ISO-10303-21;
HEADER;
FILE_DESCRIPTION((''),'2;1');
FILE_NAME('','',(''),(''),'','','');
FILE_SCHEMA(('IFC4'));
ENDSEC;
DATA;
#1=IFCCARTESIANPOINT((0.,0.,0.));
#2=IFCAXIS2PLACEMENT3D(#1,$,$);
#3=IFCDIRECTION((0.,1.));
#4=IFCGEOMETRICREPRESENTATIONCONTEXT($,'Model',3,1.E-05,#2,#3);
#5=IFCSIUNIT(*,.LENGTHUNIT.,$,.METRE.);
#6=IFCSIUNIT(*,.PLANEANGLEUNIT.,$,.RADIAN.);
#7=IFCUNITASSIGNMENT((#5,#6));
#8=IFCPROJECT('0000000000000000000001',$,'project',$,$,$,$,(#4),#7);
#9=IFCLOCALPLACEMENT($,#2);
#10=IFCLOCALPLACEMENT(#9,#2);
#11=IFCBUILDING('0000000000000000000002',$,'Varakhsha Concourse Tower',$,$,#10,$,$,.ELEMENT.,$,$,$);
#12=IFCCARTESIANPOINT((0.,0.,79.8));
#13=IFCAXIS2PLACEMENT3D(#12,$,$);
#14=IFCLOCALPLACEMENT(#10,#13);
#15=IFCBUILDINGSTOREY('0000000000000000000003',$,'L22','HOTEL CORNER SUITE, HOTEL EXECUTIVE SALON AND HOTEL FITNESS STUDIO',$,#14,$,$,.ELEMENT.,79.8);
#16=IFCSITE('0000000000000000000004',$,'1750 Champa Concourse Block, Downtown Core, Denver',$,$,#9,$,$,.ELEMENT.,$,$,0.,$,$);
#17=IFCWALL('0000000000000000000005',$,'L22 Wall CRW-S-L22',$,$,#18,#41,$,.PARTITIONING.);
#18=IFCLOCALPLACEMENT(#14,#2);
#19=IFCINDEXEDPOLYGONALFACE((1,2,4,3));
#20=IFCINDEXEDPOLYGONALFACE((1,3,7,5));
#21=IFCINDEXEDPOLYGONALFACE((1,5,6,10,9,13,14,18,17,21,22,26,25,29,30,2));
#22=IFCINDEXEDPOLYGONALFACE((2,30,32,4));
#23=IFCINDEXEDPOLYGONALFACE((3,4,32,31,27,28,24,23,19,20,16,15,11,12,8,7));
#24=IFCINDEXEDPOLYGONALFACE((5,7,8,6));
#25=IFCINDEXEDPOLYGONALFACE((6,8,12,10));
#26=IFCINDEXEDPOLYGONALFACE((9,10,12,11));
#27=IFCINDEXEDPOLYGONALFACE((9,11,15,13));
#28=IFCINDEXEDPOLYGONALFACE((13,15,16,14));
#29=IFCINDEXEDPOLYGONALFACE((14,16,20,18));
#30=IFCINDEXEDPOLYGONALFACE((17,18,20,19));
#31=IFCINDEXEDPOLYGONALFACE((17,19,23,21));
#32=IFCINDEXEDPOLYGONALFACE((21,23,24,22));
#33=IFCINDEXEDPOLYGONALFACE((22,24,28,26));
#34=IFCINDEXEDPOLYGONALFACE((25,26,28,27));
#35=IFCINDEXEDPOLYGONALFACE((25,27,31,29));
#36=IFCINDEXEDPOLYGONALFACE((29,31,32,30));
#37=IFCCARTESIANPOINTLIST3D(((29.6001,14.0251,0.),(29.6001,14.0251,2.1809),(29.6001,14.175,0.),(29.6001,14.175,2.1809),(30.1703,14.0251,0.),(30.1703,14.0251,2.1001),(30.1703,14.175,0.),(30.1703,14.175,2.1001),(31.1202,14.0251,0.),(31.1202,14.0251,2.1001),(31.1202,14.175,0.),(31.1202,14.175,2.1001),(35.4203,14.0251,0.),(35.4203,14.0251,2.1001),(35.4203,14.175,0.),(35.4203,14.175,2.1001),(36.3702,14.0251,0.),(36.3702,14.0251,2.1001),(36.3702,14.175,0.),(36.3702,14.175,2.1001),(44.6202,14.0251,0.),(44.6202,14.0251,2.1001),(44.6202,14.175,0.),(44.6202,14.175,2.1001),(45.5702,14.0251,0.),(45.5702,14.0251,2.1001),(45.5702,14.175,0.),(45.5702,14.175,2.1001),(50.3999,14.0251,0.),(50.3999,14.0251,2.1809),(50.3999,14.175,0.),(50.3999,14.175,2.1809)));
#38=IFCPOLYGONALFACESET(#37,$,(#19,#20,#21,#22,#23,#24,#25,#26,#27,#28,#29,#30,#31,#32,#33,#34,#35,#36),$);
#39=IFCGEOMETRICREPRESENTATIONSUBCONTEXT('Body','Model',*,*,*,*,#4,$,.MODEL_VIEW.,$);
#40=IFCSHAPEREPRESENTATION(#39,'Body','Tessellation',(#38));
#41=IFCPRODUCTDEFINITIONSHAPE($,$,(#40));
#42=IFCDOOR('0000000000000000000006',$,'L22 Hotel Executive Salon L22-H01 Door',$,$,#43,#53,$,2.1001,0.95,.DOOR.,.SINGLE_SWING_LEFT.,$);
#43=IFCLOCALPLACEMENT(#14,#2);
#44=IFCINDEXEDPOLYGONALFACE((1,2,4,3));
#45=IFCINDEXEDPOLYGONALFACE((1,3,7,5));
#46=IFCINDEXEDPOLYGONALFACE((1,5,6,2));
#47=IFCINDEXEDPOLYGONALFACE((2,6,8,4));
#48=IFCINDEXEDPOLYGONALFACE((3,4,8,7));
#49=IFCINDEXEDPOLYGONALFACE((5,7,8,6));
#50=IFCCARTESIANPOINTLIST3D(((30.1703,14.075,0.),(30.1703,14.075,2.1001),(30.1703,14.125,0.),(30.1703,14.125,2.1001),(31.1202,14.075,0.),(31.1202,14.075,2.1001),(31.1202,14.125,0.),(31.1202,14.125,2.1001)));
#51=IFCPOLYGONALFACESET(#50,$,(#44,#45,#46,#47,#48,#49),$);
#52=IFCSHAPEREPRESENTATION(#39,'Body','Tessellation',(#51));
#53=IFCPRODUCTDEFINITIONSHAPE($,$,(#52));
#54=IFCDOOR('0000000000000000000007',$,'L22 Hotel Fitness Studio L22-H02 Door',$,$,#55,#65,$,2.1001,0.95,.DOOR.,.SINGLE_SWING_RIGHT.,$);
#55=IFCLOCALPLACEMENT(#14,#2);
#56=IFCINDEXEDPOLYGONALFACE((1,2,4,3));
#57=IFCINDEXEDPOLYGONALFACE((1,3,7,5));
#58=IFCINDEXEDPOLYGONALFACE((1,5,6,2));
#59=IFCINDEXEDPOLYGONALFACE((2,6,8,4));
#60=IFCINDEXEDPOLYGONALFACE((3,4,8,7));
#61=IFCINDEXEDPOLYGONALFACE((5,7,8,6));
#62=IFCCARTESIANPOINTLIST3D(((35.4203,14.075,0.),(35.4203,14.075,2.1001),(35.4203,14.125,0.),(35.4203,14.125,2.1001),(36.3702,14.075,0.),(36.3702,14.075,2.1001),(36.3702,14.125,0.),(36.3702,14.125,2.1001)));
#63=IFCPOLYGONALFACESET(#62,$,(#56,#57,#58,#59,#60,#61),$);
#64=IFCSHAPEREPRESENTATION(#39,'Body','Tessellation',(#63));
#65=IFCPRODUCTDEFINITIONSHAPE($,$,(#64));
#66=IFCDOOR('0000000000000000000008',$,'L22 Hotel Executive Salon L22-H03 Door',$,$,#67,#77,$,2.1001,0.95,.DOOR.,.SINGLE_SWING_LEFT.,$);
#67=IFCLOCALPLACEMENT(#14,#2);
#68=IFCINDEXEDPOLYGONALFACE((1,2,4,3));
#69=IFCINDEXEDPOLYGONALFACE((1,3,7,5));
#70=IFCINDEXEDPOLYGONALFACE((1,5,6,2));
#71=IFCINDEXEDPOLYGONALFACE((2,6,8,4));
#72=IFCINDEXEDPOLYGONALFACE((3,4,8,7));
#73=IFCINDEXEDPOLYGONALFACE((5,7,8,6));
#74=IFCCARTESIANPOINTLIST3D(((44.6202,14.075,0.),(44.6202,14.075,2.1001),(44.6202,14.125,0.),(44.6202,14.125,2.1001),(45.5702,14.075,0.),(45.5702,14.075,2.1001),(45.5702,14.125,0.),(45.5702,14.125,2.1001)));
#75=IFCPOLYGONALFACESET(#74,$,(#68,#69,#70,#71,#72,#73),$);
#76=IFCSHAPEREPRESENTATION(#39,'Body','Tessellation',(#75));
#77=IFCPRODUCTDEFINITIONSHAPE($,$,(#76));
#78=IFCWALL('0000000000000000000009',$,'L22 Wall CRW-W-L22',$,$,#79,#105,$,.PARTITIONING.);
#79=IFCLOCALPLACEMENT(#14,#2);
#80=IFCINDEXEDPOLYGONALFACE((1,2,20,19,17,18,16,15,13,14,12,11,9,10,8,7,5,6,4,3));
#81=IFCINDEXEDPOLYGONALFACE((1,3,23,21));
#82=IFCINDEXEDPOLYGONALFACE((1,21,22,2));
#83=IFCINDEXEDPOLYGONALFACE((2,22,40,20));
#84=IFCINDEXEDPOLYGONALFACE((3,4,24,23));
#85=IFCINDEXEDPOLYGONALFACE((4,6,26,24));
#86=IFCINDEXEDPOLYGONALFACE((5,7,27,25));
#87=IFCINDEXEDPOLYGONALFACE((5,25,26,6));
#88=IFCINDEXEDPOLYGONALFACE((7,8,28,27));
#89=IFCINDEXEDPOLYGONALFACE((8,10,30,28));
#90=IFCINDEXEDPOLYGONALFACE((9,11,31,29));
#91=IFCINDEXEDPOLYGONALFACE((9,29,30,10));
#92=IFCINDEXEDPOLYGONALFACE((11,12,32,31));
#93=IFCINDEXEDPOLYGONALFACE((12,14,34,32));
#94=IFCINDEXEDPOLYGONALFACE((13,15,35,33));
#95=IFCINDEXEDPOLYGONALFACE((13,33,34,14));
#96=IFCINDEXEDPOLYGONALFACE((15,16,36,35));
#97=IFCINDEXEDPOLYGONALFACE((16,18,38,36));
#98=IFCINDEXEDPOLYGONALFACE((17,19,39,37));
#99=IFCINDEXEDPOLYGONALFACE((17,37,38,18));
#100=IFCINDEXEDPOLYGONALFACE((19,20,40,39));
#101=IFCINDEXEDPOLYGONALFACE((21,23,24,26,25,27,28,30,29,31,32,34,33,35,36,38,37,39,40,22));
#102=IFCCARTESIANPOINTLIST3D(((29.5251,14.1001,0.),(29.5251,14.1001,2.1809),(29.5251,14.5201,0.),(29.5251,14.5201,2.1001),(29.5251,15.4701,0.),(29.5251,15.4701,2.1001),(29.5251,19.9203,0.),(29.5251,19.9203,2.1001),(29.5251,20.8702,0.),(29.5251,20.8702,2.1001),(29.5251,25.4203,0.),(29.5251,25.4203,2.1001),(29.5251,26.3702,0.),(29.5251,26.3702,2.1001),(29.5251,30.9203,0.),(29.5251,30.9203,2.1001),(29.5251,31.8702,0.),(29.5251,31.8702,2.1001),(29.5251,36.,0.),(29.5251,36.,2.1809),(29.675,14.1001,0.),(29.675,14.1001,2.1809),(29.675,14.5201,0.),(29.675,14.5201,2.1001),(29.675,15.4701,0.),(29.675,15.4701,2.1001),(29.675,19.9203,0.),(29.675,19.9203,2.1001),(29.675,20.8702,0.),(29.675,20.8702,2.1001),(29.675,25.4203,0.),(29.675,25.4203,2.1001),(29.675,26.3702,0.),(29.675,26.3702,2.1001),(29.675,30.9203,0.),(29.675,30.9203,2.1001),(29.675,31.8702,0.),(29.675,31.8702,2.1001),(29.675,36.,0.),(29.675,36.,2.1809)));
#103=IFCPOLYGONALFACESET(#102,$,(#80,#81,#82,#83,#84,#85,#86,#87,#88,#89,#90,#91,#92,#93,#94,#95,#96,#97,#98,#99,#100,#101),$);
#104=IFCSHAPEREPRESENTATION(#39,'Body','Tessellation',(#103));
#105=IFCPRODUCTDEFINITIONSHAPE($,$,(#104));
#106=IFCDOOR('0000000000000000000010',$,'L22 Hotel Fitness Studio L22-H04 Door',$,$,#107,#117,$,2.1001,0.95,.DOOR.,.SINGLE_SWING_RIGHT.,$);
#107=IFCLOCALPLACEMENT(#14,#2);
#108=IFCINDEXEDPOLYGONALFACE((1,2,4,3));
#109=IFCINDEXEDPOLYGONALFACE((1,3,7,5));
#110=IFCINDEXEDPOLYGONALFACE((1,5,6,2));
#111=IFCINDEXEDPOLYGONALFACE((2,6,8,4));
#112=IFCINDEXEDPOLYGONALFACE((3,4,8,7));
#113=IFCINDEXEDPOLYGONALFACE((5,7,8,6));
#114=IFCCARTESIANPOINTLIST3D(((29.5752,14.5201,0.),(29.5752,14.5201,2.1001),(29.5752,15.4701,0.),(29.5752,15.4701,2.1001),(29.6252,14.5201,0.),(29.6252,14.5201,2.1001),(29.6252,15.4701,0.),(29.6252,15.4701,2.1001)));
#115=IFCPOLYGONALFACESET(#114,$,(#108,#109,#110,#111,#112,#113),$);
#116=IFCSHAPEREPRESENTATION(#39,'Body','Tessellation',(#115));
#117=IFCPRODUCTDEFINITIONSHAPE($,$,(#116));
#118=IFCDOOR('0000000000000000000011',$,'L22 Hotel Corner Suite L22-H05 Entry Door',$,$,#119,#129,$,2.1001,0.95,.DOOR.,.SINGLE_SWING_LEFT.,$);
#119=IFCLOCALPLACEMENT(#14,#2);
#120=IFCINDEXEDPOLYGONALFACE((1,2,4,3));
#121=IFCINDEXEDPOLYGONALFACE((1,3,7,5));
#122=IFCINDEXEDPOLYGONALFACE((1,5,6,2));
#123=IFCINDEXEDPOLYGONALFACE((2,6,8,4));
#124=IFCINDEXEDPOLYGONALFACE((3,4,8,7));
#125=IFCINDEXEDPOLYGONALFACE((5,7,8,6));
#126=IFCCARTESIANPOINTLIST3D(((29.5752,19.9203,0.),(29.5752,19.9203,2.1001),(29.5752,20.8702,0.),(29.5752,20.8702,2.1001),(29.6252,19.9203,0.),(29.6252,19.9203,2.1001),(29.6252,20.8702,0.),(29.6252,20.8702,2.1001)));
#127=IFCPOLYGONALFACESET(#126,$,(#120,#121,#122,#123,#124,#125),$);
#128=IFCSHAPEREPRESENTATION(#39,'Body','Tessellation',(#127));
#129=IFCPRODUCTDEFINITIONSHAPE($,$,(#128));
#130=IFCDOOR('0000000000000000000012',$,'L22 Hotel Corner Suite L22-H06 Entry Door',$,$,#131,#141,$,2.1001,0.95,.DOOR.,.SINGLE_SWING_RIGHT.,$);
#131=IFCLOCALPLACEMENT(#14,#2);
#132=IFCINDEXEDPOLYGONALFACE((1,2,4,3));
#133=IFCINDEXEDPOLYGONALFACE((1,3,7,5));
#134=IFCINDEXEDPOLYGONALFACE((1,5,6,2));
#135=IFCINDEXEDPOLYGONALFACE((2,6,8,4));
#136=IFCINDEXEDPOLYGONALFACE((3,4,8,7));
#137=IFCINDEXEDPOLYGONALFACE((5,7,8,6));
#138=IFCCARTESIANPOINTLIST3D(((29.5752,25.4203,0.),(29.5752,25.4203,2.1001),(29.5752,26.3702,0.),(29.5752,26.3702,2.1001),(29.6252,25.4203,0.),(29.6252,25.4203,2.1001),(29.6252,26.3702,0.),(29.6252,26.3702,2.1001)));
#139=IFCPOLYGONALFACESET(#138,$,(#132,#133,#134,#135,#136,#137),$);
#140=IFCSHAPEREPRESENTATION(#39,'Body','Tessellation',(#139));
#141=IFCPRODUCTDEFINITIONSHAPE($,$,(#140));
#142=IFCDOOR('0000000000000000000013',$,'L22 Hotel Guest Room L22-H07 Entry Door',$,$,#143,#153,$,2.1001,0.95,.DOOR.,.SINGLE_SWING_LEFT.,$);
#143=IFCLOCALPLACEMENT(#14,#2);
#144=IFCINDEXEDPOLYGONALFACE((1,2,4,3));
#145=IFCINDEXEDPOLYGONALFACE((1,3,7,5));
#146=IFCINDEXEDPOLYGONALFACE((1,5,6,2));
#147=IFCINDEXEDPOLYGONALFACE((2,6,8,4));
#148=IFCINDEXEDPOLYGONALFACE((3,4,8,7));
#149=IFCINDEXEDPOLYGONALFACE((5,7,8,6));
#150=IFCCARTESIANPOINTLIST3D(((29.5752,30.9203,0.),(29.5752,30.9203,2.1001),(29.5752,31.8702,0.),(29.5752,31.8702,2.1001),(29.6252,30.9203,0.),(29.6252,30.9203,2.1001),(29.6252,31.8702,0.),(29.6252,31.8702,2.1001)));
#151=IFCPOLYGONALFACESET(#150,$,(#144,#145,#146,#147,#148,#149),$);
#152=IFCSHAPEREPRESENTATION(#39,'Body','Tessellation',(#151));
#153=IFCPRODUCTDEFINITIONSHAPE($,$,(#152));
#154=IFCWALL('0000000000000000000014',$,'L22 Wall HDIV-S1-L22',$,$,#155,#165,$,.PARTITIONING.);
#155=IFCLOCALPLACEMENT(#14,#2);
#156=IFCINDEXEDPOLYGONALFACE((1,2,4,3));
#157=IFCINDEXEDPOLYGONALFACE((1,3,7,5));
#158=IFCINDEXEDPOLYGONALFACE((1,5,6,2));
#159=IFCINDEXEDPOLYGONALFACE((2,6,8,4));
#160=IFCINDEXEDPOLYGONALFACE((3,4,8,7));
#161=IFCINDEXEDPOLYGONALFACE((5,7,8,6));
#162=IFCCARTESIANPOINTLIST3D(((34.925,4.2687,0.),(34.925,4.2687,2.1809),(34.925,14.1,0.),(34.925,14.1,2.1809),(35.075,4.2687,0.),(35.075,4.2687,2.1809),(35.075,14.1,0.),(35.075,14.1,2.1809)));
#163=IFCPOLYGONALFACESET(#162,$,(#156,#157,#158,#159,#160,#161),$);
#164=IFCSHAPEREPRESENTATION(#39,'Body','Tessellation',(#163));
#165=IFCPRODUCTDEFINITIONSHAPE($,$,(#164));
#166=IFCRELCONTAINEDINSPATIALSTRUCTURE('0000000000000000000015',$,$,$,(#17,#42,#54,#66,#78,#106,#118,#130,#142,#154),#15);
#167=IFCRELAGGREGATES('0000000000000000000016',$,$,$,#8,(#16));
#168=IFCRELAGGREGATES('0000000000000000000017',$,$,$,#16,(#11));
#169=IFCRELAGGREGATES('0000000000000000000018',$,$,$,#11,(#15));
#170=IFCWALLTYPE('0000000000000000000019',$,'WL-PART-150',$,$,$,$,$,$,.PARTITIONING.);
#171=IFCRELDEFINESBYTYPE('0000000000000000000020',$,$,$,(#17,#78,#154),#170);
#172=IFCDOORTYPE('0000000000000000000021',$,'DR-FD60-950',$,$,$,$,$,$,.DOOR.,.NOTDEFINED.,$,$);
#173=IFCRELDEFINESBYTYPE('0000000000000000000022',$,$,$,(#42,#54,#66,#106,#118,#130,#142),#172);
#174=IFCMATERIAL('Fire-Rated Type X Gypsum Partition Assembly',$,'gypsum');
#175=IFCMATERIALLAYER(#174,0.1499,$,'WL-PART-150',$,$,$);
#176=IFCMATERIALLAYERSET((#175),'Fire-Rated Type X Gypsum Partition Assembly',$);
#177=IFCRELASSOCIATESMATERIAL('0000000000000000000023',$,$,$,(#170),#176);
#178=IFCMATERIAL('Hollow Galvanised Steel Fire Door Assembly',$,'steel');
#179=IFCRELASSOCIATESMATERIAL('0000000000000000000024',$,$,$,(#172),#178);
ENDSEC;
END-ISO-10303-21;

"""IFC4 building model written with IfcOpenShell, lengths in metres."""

from ifc_helpers import new_model, si_unit, direction, frame, frame_2d, origin, place, context, subcontext, project, spatial, rectangle, extrude, material, layer, layer_set, type_object, element, fill, save


model = new_model("IFC4")

# Units and contexts
model_context = context("Model", 3, precision=1e-05, world=origin(), true_north=direction((0.0, 1.0)))
body_context = subcontext(model_context, "Body", "Model", "MODEL_VIEW")
ifc_project = project(units=[si_unit("LENGTHUNIT", "METRE"), si_unit("PLANEANGLEUNIT", "RADIAN")], contexts=[model_context])

# Site, building, storey
site_placement = place(None, origin())
site = spatial("IfcSite", under=ifc_project, at=site_placement, Name="1750 Champa Concourse Block, Downtown Core, Denver", CompositionType="ELEMENT", RefElevation=0.0)
building_placement = place(site_placement, origin())
building = spatial("IfcBuilding", under=site, at=building_placement, Name="Varakhsha Concourse Tower", CompositionType="ELEMENT")
storey_placement = place(building_placement, frame((0.0, 0.0, 79.8)))
storey = spatial("IfcBuildingStorey", under=building, at=storey_placement, Name="L22", Description="HOTEL CORNER SUITE, HOTEL EXECUTIVE SALON AND HOTEL FITNESS STUDIO", CompositionType="ELEMENT", Elevation=79.8)

# Walls, openings, doors
ifc_material_1 = material(Name="Fire-Rated Type X Gypsum Partition Assembly", Category="gypsum")
ifc_layer_1 = layer(ifc_material_1, 0.1499, Name="WL-PART-150")
ifc_layer_set_1 = layer_set([ifc_layer_1], Name="Fire-Rated Type X Gypsum Partition Assembly")
wall_type = type_object("IfcWallType", Name="WL-PART-150", PredefinedType="PARTITIONING", material=ifc_layer_set_1)
wall_1_placement = place(storey_placement, frame((29.6001, 14.1001, 0.0), z_axis=(0.0, 0.0, 1.0), x_axis=(1.0, 0.0, 0.0)))
wall_1 = element("IfcWall", 1, at=wall_1_placement, inside=storey, type_object=wall_type, Name="L22 Wall CRW-S-L22", PredefinedType="PARTITIONING", context=body_context, shape_type="SweptSolid", body=[
    extrude(rectangle(XDim=20.7998, YDim=0.1499, at=frame_2d((10.3999, 0.0))), origin(), (0.0, 0.0, 1.0), 2.1809),
])
opening_1_placement = place(wall_1_placement, frame((0.5701, 0.0, 0.0)))
opening_1 = element("IfcOpeningElement", 2, at=opening_1_placement, cuts=wall_1, PredefinedType="OPENING", context=body_context, shape_type="SweptSolid", body=[
    extrude(rectangle(XDim=0.95, YDim=2.1001, at=frame_2d((0.4751, 1.05))), frame((0.0, 0.085, 0.0), z_axis=(0.0, -1.0, 0.0), x_axis=(1.0, 0.0, 0.0)), (0.0, 0.0, 1.0), 0.1699),
])
opening_2_placement = place(wall_1_placement, frame((5.8201, 0.0, 0.0)))
opening_2 = element("IfcOpeningElement", 3, at=opening_2_placement, cuts=wall_1, PredefinedType="OPENING", context=body_context, shape_type="SweptSolid", body=[
    extrude(rectangle(XDim=0.95, YDim=2.1001, at=frame_2d((0.4751, 1.05))), frame((0.0, 0.085, 0.0), z_axis=(0.0, -1.0, 0.0), x_axis=(1.0, 0.0, 0.0)), (0.0, 0.0, 1.0), 0.1699),
])
opening_3_placement = place(wall_1_placement, frame((15.02, 0.0, 0.0)))
opening_3 = element("IfcOpeningElement", 4, at=opening_3_placement, cuts=wall_1, PredefinedType="OPENING", context=body_context, shape_type="SweptSolid", body=[
    extrude(rectangle(XDim=0.95, YDim=2.1001, at=frame_2d((0.4751, 1.05))), frame((0.0, 0.085, 0.0), z_axis=(0.0, -1.0, 0.0), x_axis=(1.0, 0.0, 0.0)), (0.0, 0.0, 1.0), 0.1699),
])
ifc_material_2 = material(Name="Hollow Galvanised Steel Fire Door Assembly", Category="steel")
door_type = type_object("IfcDoorType", Name="DR-FD60-950", OperationType="NOTDEFINED", PredefinedType="DOOR", material=ifc_material_2)
door_1_placement = place(opening_1_placement, origin())
door_1 = element("IfcDoor", 5, at=door_1_placement, inside=storey, type_object=door_type, Name="L22 Hotel Executive Salon L22-H01 Door", OperationType="SINGLE_SWING_LEFT", OverallHeight=2.1001, OverallWidth=0.95, PredefinedType="DOOR", context=body_context, shape_type="SweptSolid", body=[
    extrude(rectangle(XDim=0.95, YDim=2.1001, at=frame_2d((0.4751, 1.05))), frame((0.0, 0.0249, 0.0), z_axis=(0.0, -1.0, 0.0), x_axis=(1.0, 0.0, 0.0)), (0.0, 0.0, 1.0), 0.05),
])
fill(opening_1, door_1)
door_2_placement = place(opening_2_placement, origin())
door_2 = element("IfcDoor", 6, at=door_2_placement, inside=storey, type_object=door_type, Name="L22 Hotel Fitness Studio L22-H02 Door", OperationType="SINGLE_SWING_RIGHT", OverallHeight=2.1001, OverallWidth=0.95, PredefinedType="DOOR", context=body_context, shape_type="SweptSolid", body=[
    extrude(rectangle(XDim=0.95, YDim=2.1001, at=frame_2d((0.4751, 1.05))), frame((0.0, 0.0249, 0.0), z_axis=(0.0, -1.0, 0.0), x_axis=(1.0, 0.0, 0.0)), (0.0, 0.0, 1.0), 0.05),
])
fill(opening_2, door_2)
door_3_placement = place(opening_3_placement, origin())
door_3 = element("IfcDoor", 7, at=door_3_placement, inside=storey, type_object=door_type, Name="L22 Hotel Executive Salon L22-H03 Door", OperationType="SINGLE_SWING_LEFT", OverallHeight=2.1001, OverallWidth=0.95, PredefinedType="DOOR", context=body_context, shape_type="SweptSolid", body=[
    extrude(rectangle(XDim=0.95, YDim=2.1001, at=frame_2d((0.4751, 1.05))), frame((0.0, 0.0249, 0.0), z_axis=(0.0, -1.0, 0.0), x_axis=(1.0, 0.0, 0.0)), (0.0, 0.0, 1.0), 0.05),
])
fill(opening_3, door_3)
wall_2_placement = place(storey_placement, frame((29.6001, 14.1001, 0.0), z_axis=(0.0, 0.0, 1.0), x_axis=(0.0, 1.0, 0.0)))
wall_2 = element("IfcWall", 8, at=wall_2_placement, inside=storey, type_object=wall_type, Name="L22 Wall CRW-W-L22", PredefinedType="PARTITIONING", context=body_context, shape_type="SweptSolid", body=[
    extrude(rectangle(XDim=21.8999, YDim=0.1499, at=frame_2d((10.95, 0.0))), origin(), (0.0, 0.0, 1.0), 2.1809),
])
opening_4_placement = place(wall_2_placement, frame((0.4199, 0.0, 0.0)))
opening_4 = element("IfcOpeningElement", 9, at=opening_4_placement, cuts=wall_2, PredefinedType="OPENING", context=body_context, shape_type="SweptSolid", body=[
    extrude(rectangle(XDim=0.95, YDim=2.1001, at=frame_2d((0.4751, 1.05))), frame((0.0, 0.085, 0.0), z_axis=(0.0, -1.0, 0.0), x_axis=(1.0, 0.0, 0.0)), (0.0, 0.0, 1.0), 0.1699),
])
opening_5_placement = place(wall_2_placement, frame((5.8201, 0.0, 0.0)))
opening_5 = element("IfcOpeningElement", 10, at=opening_5_placement, cuts=wall_2, PredefinedType="OPENING", context=body_context, shape_type="SweptSolid", body=[
    extrude(rectangle(XDim=0.95, YDim=2.1001, at=frame_2d((0.4751, 1.05))), frame((0.0, 0.085, 0.0), z_axis=(0.0, -1.0, 0.0), x_axis=(1.0, 0.0, 0.0)), (0.0, 0.0, 1.0), 0.1699),
])
opening_6_placement = place(wall_2_placement, frame((11.3201, 0.0, 0.0)))
opening_6 = element("IfcOpeningElement", 11, at=opening_6_placement, cuts=wall_2, PredefinedType="OPENING", context=body_context, shape_type="SweptSolid", body=[
    extrude(rectangle(XDim=0.95, YDim=2.1001, at=frame_2d((0.4751, 1.05))), frame((0.0, 0.085, 0.0), z_axis=(0.0, -1.0, 0.0), x_axis=(1.0, 0.0, 0.0)), (0.0, 0.0, 1.0), 0.1699),
])
opening_7_placement = place(wall_2_placement, frame((16.8201, 0.0, 0.0)))
opening_7 = element("IfcOpeningElement", 12, at=opening_7_placement, cuts=wall_2, PredefinedType="OPENING", context=body_context, shape_type="SweptSolid", body=[
    extrude(rectangle(XDim=0.95, YDim=2.1001, at=frame_2d((0.4751, 1.05))), frame((0.0, 0.085, 0.0), z_axis=(0.0, -1.0, 0.0), x_axis=(1.0, 0.0, 0.0)), (0.0, 0.0, 1.0), 0.1699),
])
door_4_placement = place(opening_4_placement, origin())
door_4 = element("IfcDoor", 13, at=door_4_placement, inside=storey, type_object=door_type, Name="L22 Hotel Fitness Studio L22-H04 Door", OperationType="SINGLE_SWING_RIGHT", OverallHeight=2.1001, OverallWidth=0.95, PredefinedType="DOOR", context=body_context, shape_type="SweptSolid", body=[
    extrude(rectangle(XDim=0.95, YDim=2.1001, at=frame_2d((0.4751, 1.05))), frame((0.0, 0.0249, 0.0), z_axis=(0.0, -1.0, 0.0), x_axis=(1.0, 0.0, 0.0)), (0.0, 0.0, 1.0), 0.05),
])
fill(opening_4, door_4)
door_5_placement = place(opening_5_placement, origin())
door_5 = element("IfcDoor", 14, at=door_5_placement, inside=storey, type_object=door_type, Name="L22 Hotel Corner Suite L22-H05 Entry Door", OperationType="SINGLE_SWING_LEFT", OverallHeight=2.1001, OverallWidth=0.95, PredefinedType="DOOR", context=body_context, shape_type="SweptSolid", body=[
    extrude(rectangle(XDim=0.95, YDim=2.1001, at=frame_2d((0.4751, 1.05))), frame((0.0, 0.0249, 0.0), z_axis=(0.0, -1.0, 0.0), x_axis=(1.0, 0.0, 0.0)), (0.0, 0.0, 1.0), 0.05),
])
fill(opening_5, door_5)
door_6_placement = place(opening_6_placement, origin())
door_6 = element("IfcDoor", 15, at=door_6_placement, inside=storey, type_object=door_type, Name="L22 Hotel Corner Suite L22-H06 Entry Door", OperationType="SINGLE_SWING_RIGHT", OverallHeight=2.1001, OverallWidth=0.95, PredefinedType="DOOR", context=body_context, shape_type="SweptSolid", body=[
    extrude(rectangle(XDim=0.95, YDim=2.1001, at=frame_2d((0.4751, 1.05))), frame((0.0, 0.0249, 0.0), z_axis=(0.0, -1.0, 0.0), x_axis=(1.0, 0.0, 0.0)), (0.0, 0.0, 1.0), 0.05),
])
fill(opening_6, door_6)
door_7_placement = place(opening_7_placement, origin())
door_7 = element("IfcDoor", 16, at=door_7_placement, inside=storey, type_object=door_type, Name="L22 Hotel Guest Room L22-H07 Entry Door", OperationType="SINGLE_SWING_LEFT", OverallHeight=2.1001, OverallWidth=0.95, PredefinedType="DOOR", context=body_context, shape_type="SweptSolid", body=[
    extrude(rectangle(XDim=0.95, YDim=2.1001, at=frame_2d((0.4751, 1.05))), frame((0.0, 0.0249, 0.0), z_axis=(0.0, -1.0, 0.0), x_axis=(1.0, 0.0, 0.0)), (0.0, 0.0, 1.0), 0.05),
])
fill(opening_7, door_7)

# Wall
wall_3_placement = place(storey_placement, frame((35.0, 4.2688, 0.0), z_axis=(0.0, 0.0, 1.0), x_axis=(0.0, 1.0, 0.0)))
element("IfcWall", 17, at=wall_3_placement, inside=storey, type_object=wall_type, Name="L22 Wall HDIV-S1-L22", PredefinedType="PARTITIONING", context=body_context, shape_type="SweptSolid", body=[
    extrude(rectangle(XDim=9.8313, YDim=0.1499, at=frame_2d((4.9155, 0.0))), origin(), (0.0, 0.0, 1.0), 2.1809),
])

save(model, "model.ifc")
